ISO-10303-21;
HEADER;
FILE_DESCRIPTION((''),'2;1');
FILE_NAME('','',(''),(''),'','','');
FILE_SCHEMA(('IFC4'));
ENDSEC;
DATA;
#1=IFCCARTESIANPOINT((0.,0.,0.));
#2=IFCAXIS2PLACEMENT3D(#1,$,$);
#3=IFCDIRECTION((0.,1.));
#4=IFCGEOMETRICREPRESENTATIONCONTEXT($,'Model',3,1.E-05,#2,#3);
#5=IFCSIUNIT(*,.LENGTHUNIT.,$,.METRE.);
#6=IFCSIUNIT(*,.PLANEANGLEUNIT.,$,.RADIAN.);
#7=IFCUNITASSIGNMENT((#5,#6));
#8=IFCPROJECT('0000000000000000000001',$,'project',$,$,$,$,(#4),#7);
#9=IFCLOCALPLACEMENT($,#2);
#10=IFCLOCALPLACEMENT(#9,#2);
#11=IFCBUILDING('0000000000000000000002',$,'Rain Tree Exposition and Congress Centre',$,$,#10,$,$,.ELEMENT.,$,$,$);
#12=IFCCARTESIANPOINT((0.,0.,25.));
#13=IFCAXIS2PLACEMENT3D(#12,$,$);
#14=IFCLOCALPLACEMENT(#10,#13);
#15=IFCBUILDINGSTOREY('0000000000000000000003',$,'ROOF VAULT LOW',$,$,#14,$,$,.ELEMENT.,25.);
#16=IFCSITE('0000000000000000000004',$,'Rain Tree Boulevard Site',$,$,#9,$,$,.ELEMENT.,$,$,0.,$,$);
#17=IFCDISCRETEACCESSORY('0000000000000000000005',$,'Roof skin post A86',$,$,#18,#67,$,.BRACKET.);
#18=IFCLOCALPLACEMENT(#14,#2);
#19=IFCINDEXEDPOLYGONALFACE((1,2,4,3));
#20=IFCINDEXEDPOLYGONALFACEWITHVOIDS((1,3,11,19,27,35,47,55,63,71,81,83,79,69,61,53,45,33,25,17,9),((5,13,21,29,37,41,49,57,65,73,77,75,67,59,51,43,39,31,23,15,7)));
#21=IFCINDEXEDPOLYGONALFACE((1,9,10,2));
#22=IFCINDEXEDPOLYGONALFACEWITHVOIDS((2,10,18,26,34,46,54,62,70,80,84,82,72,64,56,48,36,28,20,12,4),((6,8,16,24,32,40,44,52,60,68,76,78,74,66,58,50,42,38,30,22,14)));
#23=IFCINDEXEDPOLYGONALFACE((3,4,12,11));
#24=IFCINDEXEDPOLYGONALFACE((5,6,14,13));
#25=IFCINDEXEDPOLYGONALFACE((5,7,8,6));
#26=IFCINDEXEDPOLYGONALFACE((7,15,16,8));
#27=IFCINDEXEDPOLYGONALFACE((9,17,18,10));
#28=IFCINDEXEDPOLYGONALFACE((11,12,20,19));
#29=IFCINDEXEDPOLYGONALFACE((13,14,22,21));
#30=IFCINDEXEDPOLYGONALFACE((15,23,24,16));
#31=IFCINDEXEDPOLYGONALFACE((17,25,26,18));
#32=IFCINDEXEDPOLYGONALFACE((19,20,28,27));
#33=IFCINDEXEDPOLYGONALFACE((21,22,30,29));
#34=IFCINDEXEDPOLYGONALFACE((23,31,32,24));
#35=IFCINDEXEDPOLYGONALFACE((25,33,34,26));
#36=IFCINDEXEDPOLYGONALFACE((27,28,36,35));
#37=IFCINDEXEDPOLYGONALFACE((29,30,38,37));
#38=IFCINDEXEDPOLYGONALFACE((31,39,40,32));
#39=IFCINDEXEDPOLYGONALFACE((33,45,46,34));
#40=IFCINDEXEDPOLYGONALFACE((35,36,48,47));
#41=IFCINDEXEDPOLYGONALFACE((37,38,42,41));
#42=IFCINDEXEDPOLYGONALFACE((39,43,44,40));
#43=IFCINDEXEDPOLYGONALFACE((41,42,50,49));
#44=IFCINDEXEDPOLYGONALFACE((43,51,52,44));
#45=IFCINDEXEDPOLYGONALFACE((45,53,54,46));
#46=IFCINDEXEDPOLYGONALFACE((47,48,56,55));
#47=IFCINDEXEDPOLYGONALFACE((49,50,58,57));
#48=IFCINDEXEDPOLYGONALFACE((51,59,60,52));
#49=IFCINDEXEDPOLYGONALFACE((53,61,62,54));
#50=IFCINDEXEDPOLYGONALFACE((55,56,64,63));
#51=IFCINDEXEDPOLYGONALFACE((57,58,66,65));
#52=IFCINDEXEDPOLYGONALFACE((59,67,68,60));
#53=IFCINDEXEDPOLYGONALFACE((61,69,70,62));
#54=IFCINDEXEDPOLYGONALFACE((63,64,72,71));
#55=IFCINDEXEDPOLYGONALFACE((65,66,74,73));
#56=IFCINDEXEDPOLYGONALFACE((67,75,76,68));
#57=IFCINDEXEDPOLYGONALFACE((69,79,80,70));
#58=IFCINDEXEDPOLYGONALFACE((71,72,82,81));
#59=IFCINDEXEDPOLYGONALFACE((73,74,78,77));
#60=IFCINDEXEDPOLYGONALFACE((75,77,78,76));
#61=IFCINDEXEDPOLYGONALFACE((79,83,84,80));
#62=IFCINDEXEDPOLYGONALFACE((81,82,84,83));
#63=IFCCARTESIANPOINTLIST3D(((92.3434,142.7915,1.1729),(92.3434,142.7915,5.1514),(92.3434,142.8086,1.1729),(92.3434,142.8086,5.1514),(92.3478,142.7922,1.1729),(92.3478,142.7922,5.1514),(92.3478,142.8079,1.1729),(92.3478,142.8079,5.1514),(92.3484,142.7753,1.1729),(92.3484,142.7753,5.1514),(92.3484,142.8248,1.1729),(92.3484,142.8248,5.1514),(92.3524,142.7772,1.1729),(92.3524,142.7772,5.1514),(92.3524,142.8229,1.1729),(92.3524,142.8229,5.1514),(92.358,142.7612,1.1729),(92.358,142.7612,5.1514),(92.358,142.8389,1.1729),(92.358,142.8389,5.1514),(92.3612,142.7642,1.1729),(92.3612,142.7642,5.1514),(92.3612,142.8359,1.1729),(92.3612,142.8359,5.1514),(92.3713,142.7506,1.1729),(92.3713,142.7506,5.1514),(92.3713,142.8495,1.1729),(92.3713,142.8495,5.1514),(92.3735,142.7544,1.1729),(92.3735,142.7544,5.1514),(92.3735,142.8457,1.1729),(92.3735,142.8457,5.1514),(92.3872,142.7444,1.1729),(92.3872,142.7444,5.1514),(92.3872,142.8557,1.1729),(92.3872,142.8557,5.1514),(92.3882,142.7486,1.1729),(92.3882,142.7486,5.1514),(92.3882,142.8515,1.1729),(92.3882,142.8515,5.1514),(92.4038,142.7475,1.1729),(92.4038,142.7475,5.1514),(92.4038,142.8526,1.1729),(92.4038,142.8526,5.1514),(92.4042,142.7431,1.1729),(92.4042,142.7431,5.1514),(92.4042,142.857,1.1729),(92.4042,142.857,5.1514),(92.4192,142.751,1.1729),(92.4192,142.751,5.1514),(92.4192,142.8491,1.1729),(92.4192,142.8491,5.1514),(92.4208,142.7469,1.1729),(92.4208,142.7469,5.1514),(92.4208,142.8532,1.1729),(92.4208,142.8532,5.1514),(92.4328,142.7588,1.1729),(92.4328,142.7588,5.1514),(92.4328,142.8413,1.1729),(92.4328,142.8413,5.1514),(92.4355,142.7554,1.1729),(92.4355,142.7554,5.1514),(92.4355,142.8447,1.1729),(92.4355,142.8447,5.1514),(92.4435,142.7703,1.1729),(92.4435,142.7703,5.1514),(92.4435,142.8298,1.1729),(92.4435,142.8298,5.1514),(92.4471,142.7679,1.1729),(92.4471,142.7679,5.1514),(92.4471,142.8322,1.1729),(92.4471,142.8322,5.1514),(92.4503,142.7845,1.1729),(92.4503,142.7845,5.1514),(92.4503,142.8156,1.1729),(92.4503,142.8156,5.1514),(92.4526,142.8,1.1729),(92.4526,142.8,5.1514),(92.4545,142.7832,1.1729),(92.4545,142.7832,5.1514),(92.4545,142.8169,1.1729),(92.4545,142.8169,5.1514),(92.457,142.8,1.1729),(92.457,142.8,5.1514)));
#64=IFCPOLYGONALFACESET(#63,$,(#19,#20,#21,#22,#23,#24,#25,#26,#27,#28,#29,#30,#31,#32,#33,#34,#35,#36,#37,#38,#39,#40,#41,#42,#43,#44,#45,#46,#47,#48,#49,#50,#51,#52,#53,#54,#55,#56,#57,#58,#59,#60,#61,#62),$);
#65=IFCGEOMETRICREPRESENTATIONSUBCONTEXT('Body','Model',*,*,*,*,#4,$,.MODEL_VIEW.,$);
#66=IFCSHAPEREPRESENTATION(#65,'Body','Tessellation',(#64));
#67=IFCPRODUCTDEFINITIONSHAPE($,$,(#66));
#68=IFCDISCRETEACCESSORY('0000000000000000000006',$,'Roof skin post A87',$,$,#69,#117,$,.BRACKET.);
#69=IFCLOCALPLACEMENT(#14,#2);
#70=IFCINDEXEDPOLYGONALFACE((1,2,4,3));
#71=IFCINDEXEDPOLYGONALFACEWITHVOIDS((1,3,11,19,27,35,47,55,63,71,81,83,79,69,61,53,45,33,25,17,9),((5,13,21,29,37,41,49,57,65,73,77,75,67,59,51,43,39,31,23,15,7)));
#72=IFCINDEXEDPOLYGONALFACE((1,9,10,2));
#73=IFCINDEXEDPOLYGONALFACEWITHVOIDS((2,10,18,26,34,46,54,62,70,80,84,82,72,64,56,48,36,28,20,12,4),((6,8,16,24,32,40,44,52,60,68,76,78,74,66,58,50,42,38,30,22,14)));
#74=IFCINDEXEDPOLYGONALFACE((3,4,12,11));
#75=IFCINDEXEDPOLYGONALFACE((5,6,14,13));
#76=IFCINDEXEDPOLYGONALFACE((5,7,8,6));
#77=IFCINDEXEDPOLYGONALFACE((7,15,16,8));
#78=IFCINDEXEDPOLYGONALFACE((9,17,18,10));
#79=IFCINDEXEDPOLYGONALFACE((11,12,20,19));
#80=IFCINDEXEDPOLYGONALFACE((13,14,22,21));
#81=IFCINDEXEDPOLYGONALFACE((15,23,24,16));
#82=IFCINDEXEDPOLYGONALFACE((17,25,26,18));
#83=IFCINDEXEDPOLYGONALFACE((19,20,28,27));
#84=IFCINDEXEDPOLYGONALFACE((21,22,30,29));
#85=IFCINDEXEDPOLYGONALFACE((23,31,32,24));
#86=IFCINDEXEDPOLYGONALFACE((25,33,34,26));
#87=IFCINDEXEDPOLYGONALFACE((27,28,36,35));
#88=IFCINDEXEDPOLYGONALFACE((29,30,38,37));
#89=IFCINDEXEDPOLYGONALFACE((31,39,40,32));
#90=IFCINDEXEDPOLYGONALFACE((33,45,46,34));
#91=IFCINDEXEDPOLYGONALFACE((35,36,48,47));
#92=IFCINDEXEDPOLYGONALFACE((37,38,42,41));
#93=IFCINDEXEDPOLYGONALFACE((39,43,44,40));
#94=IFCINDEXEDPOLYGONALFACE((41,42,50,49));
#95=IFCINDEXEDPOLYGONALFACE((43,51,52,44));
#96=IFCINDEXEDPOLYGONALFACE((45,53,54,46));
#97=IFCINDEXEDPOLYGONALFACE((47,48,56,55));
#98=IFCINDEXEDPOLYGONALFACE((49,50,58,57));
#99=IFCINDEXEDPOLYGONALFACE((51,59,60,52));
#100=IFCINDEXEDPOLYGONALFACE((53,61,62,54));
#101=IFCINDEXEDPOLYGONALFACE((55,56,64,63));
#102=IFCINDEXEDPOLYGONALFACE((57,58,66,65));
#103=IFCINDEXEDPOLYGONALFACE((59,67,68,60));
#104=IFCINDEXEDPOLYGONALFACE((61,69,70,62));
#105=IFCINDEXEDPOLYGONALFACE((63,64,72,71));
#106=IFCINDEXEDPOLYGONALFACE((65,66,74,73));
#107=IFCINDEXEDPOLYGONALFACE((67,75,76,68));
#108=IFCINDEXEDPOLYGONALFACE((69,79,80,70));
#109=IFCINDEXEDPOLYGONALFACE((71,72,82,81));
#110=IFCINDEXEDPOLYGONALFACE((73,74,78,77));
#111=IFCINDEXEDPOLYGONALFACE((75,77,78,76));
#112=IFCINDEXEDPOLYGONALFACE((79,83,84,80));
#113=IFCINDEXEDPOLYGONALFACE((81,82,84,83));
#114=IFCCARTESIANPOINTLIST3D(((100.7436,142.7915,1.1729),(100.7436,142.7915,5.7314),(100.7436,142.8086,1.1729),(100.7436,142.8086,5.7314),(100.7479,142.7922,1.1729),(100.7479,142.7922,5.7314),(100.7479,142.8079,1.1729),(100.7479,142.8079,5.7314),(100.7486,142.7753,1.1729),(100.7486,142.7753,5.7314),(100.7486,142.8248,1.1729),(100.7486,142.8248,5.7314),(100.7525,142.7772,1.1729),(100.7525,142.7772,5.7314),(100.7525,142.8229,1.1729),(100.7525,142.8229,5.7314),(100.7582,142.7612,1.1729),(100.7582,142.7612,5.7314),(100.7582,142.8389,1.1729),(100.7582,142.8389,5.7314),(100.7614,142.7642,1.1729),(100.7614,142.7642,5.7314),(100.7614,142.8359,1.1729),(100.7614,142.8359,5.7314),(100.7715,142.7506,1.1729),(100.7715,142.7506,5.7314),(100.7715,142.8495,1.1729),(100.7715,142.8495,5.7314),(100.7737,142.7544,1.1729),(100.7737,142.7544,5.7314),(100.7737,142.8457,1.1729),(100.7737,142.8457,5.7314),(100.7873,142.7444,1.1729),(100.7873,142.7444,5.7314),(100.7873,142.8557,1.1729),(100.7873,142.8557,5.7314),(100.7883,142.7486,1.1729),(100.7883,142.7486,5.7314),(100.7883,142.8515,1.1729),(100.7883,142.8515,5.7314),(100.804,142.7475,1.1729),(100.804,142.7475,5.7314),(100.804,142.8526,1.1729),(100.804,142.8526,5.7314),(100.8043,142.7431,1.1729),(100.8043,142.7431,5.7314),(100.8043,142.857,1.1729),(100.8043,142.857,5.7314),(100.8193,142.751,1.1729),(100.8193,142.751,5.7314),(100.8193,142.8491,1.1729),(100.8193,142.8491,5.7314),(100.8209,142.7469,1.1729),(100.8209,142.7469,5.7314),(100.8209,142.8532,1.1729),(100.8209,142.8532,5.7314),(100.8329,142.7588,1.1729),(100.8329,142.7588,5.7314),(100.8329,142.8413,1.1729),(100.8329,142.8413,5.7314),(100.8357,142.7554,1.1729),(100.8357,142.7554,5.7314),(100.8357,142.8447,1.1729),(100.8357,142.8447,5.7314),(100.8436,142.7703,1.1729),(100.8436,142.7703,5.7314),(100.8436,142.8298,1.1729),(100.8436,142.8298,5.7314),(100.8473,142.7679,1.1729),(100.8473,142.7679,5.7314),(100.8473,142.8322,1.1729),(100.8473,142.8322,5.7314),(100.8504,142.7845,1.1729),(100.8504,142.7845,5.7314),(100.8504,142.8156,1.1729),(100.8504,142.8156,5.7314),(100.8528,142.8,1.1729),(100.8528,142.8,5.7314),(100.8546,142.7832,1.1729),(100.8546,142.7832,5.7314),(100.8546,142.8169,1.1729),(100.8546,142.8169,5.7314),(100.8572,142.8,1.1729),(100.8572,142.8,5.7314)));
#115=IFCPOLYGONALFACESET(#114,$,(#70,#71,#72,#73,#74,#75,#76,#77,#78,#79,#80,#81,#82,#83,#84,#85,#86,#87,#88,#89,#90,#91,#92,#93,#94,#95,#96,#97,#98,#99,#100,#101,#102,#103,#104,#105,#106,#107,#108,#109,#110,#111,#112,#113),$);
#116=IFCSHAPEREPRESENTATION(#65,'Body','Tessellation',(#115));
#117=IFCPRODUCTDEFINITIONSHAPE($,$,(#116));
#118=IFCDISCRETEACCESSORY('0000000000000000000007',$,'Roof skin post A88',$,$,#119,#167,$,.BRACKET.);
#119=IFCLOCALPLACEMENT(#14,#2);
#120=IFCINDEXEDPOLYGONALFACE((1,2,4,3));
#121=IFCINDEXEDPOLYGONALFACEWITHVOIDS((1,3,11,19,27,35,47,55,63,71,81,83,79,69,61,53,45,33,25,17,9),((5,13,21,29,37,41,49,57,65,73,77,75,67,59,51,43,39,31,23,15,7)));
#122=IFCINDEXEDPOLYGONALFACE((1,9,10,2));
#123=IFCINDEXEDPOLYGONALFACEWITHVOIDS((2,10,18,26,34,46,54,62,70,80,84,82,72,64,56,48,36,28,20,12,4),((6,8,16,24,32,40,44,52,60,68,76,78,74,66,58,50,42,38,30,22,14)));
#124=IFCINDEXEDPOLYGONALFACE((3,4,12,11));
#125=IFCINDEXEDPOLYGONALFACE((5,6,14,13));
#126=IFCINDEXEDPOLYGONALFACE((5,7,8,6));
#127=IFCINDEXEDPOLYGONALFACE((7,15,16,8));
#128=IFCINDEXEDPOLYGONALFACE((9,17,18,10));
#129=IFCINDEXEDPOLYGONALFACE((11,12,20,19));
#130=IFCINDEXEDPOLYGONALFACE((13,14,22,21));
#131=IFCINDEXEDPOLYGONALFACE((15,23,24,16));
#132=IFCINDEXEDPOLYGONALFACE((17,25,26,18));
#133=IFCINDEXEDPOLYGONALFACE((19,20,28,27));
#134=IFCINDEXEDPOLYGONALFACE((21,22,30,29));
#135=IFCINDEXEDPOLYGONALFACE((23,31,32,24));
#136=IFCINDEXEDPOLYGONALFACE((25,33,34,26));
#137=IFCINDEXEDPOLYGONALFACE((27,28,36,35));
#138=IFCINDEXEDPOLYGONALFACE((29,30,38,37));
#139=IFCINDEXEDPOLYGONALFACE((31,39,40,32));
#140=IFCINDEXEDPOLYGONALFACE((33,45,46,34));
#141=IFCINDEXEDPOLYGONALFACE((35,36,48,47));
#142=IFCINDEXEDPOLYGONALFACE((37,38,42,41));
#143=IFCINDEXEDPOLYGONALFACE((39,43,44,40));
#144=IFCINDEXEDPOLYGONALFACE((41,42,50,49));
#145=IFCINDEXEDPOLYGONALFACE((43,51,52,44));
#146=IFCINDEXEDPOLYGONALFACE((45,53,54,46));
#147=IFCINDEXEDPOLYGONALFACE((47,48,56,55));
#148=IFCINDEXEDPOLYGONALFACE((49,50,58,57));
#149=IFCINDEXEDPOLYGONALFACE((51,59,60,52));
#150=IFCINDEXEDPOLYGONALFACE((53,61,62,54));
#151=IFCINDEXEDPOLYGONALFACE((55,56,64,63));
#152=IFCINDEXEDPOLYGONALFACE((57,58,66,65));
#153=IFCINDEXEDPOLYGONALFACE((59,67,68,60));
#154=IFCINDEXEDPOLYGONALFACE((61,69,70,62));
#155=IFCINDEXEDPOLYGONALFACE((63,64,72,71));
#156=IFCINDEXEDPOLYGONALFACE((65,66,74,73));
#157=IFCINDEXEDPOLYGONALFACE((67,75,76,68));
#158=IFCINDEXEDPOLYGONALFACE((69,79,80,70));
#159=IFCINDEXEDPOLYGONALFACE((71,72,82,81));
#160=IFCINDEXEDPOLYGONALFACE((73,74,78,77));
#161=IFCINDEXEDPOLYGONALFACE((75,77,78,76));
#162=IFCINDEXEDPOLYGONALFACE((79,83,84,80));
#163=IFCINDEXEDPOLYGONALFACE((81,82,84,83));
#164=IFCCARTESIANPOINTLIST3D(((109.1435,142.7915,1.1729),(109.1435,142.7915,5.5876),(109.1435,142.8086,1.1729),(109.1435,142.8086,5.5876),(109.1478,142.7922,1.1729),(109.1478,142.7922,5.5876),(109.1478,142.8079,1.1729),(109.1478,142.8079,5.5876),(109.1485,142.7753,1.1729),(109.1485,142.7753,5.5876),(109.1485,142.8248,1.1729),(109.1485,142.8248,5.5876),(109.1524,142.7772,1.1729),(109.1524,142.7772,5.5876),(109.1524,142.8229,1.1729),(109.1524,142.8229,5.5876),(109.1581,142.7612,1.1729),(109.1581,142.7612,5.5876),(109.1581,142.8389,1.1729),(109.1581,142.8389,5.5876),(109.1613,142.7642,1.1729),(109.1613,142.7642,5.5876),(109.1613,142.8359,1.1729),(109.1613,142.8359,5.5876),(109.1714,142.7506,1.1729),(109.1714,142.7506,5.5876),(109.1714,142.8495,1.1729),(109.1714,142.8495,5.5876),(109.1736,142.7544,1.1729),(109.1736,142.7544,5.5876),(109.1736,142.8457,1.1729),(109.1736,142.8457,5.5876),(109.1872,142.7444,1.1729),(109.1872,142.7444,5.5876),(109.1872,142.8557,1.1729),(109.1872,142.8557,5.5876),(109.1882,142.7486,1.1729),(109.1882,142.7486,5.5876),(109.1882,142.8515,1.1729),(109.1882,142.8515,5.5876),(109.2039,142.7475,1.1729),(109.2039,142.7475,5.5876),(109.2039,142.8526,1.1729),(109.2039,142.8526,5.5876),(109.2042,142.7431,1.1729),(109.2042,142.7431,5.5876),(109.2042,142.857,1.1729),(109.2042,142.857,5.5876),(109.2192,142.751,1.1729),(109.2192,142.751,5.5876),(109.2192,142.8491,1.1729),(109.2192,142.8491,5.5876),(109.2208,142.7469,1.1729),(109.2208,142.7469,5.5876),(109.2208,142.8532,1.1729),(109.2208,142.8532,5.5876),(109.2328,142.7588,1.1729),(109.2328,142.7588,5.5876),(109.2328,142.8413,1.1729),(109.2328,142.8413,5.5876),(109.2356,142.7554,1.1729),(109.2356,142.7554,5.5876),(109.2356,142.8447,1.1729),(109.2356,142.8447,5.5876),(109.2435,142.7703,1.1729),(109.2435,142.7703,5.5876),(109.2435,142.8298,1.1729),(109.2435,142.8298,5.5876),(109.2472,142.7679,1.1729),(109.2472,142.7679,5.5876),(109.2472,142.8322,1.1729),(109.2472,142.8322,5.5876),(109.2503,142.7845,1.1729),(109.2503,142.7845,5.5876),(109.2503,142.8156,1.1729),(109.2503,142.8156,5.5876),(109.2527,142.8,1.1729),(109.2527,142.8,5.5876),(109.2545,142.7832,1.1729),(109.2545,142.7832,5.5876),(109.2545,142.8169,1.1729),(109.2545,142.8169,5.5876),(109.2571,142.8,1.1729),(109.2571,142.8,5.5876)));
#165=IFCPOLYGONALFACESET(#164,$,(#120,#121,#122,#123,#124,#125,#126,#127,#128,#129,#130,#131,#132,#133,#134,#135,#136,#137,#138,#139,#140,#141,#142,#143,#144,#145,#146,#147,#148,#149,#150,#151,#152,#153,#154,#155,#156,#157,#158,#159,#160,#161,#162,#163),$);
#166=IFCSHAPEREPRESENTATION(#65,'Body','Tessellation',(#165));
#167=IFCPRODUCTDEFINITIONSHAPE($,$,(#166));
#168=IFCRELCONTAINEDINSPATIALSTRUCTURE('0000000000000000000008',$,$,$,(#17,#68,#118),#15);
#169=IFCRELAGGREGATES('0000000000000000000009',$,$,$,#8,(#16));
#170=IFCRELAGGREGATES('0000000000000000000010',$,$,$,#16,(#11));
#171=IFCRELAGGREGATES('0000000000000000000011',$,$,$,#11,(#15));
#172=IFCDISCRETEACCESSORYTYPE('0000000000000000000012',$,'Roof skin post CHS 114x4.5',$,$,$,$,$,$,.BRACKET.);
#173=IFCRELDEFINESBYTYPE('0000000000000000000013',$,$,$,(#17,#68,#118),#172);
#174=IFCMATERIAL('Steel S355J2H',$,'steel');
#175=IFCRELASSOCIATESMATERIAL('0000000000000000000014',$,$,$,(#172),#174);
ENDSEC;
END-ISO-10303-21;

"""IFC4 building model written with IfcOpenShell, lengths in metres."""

from ifc_helpers import new_model, si_unit, direction, frame, origin, origin_2d, place, context, subcontext, project, spatial, hollow_circle, extrude, material, material_profile, profile_set, type_object, element, save


model = new_model("IFC4")

# Units and contexts
model_context = context("Model", 3, precision=1e-05, world=origin(), true_north=direction((0.0, 1.0)))
body_context = subcontext(model_context, "Body", "Model", "MODEL_VIEW")
ifc_project = project(units=[si_unit("LENGTHUNIT", "METRE"), si_unit("PLANEANGLEUNIT", "RADIAN")], contexts=[model_context])

# Site, building, storey
site_placement = place(None, origin())
site = spatial("IfcSite", under=ifc_project, at=site_placement, Name="Rain Tree Boulevard Site", CompositionType="ELEMENT", RefElevation=0.0)
building_placement = place(site_placement, origin())
building = spatial("IfcBuilding", under=site, at=building_placement, Name="Rain Tree Exposition and Congress Centre", CompositionType="ELEMENT")
storey_placement = place(building_placement, frame((0.0, 0.0, 25.0)))
storey = spatial("IfcBuildingStorey", under=building, at=storey_placement, Name="ROOF VAULT LOW", CompositionType="ELEMENT", Elevation=25.0)

# Discrete accessories
ifc_material_1 = material(Name="Steel S355J2H", Category="steel")
ifc_material_profile_1 = material_profile(ifc_material_1, hollow_circle(Radius=0.0571, WallThickness=0.0044, at=origin_2d()), Name="CHS 114x4.5")
ifc_profile_set_1 = profile_set([ifc_material_profile_1], Name="Steel S355J2H")
discrete_accessory_type_1 = type_object("IfcDiscreteAccessoryType", Name="Roof skin post CHS 114x4.5", PredefinedType="BRACKET", material=ifc_profile_set_1)
discrete_accessory_1_placement = place(storey_placement, frame((92.3999, 142.8, 1.1729), z_axis=(0.0, 0.0, 1.0), x_axis=(1.0, 0.0, 0.0)))
element("IfcDiscreteAccessory", 1, at=discrete_accessory_1_placement, inside=storey, type_object=discrete_accessory_type_1, Name="Roof skin post A86", PredefinedType="BRACKET", context=body_context, shape_type="SweptSolid", body=[
    extrude(hollow_circle(Radius=0.0571, WallThickness=0.0044, at=origin_2d()), origin(), (0.0, 0.0, 1.0), 3.9785),
])
discrete_accessory_2_placement = place(storey_placement, frame((100.8, 142.8, 1.1729), z_axis=(0.0, 0.0, 1.0), x_axis=(1.0, 0.0, 0.0)))
element("IfcDiscreteAccessory", 2, at=discrete_accessory_2_placement, inside=storey, type_object=discrete_accessory_type_1, Name="Roof skin post A87", PredefinedType="BRACKET", context=body_context, shape_type="SweptSolid", body=[
    extrude(hollow_circle(Radius=0.0571, WallThickness=0.0044, at=origin_2d()), origin(), (0.0, 0.0, 1.0), 4.5586),
])
discrete_accessory_3_placement = place(storey_placement, frame((109.2, 142.8, 1.1729), z_axis=(0.0, 0.0, 1.0), x_axis=(1.0, 0.0, 0.0)))
element("IfcDiscreteAccessory", 3, at=discrete_accessory_3_placement, inside=storey, type_object=discrete_accessory_type_1, Name="Roof skin post A88", PredefinedType="BRACKET", context=body_context, shape_type="SweptSolid", body=[
    extrude(hollow_circle(Radius=0.0571, WallThickness=0.0044, at=origin_2d()), origin(), (0.0, 0.0, 1.0), 4.4148),
])

save(model, "model.ifc")
